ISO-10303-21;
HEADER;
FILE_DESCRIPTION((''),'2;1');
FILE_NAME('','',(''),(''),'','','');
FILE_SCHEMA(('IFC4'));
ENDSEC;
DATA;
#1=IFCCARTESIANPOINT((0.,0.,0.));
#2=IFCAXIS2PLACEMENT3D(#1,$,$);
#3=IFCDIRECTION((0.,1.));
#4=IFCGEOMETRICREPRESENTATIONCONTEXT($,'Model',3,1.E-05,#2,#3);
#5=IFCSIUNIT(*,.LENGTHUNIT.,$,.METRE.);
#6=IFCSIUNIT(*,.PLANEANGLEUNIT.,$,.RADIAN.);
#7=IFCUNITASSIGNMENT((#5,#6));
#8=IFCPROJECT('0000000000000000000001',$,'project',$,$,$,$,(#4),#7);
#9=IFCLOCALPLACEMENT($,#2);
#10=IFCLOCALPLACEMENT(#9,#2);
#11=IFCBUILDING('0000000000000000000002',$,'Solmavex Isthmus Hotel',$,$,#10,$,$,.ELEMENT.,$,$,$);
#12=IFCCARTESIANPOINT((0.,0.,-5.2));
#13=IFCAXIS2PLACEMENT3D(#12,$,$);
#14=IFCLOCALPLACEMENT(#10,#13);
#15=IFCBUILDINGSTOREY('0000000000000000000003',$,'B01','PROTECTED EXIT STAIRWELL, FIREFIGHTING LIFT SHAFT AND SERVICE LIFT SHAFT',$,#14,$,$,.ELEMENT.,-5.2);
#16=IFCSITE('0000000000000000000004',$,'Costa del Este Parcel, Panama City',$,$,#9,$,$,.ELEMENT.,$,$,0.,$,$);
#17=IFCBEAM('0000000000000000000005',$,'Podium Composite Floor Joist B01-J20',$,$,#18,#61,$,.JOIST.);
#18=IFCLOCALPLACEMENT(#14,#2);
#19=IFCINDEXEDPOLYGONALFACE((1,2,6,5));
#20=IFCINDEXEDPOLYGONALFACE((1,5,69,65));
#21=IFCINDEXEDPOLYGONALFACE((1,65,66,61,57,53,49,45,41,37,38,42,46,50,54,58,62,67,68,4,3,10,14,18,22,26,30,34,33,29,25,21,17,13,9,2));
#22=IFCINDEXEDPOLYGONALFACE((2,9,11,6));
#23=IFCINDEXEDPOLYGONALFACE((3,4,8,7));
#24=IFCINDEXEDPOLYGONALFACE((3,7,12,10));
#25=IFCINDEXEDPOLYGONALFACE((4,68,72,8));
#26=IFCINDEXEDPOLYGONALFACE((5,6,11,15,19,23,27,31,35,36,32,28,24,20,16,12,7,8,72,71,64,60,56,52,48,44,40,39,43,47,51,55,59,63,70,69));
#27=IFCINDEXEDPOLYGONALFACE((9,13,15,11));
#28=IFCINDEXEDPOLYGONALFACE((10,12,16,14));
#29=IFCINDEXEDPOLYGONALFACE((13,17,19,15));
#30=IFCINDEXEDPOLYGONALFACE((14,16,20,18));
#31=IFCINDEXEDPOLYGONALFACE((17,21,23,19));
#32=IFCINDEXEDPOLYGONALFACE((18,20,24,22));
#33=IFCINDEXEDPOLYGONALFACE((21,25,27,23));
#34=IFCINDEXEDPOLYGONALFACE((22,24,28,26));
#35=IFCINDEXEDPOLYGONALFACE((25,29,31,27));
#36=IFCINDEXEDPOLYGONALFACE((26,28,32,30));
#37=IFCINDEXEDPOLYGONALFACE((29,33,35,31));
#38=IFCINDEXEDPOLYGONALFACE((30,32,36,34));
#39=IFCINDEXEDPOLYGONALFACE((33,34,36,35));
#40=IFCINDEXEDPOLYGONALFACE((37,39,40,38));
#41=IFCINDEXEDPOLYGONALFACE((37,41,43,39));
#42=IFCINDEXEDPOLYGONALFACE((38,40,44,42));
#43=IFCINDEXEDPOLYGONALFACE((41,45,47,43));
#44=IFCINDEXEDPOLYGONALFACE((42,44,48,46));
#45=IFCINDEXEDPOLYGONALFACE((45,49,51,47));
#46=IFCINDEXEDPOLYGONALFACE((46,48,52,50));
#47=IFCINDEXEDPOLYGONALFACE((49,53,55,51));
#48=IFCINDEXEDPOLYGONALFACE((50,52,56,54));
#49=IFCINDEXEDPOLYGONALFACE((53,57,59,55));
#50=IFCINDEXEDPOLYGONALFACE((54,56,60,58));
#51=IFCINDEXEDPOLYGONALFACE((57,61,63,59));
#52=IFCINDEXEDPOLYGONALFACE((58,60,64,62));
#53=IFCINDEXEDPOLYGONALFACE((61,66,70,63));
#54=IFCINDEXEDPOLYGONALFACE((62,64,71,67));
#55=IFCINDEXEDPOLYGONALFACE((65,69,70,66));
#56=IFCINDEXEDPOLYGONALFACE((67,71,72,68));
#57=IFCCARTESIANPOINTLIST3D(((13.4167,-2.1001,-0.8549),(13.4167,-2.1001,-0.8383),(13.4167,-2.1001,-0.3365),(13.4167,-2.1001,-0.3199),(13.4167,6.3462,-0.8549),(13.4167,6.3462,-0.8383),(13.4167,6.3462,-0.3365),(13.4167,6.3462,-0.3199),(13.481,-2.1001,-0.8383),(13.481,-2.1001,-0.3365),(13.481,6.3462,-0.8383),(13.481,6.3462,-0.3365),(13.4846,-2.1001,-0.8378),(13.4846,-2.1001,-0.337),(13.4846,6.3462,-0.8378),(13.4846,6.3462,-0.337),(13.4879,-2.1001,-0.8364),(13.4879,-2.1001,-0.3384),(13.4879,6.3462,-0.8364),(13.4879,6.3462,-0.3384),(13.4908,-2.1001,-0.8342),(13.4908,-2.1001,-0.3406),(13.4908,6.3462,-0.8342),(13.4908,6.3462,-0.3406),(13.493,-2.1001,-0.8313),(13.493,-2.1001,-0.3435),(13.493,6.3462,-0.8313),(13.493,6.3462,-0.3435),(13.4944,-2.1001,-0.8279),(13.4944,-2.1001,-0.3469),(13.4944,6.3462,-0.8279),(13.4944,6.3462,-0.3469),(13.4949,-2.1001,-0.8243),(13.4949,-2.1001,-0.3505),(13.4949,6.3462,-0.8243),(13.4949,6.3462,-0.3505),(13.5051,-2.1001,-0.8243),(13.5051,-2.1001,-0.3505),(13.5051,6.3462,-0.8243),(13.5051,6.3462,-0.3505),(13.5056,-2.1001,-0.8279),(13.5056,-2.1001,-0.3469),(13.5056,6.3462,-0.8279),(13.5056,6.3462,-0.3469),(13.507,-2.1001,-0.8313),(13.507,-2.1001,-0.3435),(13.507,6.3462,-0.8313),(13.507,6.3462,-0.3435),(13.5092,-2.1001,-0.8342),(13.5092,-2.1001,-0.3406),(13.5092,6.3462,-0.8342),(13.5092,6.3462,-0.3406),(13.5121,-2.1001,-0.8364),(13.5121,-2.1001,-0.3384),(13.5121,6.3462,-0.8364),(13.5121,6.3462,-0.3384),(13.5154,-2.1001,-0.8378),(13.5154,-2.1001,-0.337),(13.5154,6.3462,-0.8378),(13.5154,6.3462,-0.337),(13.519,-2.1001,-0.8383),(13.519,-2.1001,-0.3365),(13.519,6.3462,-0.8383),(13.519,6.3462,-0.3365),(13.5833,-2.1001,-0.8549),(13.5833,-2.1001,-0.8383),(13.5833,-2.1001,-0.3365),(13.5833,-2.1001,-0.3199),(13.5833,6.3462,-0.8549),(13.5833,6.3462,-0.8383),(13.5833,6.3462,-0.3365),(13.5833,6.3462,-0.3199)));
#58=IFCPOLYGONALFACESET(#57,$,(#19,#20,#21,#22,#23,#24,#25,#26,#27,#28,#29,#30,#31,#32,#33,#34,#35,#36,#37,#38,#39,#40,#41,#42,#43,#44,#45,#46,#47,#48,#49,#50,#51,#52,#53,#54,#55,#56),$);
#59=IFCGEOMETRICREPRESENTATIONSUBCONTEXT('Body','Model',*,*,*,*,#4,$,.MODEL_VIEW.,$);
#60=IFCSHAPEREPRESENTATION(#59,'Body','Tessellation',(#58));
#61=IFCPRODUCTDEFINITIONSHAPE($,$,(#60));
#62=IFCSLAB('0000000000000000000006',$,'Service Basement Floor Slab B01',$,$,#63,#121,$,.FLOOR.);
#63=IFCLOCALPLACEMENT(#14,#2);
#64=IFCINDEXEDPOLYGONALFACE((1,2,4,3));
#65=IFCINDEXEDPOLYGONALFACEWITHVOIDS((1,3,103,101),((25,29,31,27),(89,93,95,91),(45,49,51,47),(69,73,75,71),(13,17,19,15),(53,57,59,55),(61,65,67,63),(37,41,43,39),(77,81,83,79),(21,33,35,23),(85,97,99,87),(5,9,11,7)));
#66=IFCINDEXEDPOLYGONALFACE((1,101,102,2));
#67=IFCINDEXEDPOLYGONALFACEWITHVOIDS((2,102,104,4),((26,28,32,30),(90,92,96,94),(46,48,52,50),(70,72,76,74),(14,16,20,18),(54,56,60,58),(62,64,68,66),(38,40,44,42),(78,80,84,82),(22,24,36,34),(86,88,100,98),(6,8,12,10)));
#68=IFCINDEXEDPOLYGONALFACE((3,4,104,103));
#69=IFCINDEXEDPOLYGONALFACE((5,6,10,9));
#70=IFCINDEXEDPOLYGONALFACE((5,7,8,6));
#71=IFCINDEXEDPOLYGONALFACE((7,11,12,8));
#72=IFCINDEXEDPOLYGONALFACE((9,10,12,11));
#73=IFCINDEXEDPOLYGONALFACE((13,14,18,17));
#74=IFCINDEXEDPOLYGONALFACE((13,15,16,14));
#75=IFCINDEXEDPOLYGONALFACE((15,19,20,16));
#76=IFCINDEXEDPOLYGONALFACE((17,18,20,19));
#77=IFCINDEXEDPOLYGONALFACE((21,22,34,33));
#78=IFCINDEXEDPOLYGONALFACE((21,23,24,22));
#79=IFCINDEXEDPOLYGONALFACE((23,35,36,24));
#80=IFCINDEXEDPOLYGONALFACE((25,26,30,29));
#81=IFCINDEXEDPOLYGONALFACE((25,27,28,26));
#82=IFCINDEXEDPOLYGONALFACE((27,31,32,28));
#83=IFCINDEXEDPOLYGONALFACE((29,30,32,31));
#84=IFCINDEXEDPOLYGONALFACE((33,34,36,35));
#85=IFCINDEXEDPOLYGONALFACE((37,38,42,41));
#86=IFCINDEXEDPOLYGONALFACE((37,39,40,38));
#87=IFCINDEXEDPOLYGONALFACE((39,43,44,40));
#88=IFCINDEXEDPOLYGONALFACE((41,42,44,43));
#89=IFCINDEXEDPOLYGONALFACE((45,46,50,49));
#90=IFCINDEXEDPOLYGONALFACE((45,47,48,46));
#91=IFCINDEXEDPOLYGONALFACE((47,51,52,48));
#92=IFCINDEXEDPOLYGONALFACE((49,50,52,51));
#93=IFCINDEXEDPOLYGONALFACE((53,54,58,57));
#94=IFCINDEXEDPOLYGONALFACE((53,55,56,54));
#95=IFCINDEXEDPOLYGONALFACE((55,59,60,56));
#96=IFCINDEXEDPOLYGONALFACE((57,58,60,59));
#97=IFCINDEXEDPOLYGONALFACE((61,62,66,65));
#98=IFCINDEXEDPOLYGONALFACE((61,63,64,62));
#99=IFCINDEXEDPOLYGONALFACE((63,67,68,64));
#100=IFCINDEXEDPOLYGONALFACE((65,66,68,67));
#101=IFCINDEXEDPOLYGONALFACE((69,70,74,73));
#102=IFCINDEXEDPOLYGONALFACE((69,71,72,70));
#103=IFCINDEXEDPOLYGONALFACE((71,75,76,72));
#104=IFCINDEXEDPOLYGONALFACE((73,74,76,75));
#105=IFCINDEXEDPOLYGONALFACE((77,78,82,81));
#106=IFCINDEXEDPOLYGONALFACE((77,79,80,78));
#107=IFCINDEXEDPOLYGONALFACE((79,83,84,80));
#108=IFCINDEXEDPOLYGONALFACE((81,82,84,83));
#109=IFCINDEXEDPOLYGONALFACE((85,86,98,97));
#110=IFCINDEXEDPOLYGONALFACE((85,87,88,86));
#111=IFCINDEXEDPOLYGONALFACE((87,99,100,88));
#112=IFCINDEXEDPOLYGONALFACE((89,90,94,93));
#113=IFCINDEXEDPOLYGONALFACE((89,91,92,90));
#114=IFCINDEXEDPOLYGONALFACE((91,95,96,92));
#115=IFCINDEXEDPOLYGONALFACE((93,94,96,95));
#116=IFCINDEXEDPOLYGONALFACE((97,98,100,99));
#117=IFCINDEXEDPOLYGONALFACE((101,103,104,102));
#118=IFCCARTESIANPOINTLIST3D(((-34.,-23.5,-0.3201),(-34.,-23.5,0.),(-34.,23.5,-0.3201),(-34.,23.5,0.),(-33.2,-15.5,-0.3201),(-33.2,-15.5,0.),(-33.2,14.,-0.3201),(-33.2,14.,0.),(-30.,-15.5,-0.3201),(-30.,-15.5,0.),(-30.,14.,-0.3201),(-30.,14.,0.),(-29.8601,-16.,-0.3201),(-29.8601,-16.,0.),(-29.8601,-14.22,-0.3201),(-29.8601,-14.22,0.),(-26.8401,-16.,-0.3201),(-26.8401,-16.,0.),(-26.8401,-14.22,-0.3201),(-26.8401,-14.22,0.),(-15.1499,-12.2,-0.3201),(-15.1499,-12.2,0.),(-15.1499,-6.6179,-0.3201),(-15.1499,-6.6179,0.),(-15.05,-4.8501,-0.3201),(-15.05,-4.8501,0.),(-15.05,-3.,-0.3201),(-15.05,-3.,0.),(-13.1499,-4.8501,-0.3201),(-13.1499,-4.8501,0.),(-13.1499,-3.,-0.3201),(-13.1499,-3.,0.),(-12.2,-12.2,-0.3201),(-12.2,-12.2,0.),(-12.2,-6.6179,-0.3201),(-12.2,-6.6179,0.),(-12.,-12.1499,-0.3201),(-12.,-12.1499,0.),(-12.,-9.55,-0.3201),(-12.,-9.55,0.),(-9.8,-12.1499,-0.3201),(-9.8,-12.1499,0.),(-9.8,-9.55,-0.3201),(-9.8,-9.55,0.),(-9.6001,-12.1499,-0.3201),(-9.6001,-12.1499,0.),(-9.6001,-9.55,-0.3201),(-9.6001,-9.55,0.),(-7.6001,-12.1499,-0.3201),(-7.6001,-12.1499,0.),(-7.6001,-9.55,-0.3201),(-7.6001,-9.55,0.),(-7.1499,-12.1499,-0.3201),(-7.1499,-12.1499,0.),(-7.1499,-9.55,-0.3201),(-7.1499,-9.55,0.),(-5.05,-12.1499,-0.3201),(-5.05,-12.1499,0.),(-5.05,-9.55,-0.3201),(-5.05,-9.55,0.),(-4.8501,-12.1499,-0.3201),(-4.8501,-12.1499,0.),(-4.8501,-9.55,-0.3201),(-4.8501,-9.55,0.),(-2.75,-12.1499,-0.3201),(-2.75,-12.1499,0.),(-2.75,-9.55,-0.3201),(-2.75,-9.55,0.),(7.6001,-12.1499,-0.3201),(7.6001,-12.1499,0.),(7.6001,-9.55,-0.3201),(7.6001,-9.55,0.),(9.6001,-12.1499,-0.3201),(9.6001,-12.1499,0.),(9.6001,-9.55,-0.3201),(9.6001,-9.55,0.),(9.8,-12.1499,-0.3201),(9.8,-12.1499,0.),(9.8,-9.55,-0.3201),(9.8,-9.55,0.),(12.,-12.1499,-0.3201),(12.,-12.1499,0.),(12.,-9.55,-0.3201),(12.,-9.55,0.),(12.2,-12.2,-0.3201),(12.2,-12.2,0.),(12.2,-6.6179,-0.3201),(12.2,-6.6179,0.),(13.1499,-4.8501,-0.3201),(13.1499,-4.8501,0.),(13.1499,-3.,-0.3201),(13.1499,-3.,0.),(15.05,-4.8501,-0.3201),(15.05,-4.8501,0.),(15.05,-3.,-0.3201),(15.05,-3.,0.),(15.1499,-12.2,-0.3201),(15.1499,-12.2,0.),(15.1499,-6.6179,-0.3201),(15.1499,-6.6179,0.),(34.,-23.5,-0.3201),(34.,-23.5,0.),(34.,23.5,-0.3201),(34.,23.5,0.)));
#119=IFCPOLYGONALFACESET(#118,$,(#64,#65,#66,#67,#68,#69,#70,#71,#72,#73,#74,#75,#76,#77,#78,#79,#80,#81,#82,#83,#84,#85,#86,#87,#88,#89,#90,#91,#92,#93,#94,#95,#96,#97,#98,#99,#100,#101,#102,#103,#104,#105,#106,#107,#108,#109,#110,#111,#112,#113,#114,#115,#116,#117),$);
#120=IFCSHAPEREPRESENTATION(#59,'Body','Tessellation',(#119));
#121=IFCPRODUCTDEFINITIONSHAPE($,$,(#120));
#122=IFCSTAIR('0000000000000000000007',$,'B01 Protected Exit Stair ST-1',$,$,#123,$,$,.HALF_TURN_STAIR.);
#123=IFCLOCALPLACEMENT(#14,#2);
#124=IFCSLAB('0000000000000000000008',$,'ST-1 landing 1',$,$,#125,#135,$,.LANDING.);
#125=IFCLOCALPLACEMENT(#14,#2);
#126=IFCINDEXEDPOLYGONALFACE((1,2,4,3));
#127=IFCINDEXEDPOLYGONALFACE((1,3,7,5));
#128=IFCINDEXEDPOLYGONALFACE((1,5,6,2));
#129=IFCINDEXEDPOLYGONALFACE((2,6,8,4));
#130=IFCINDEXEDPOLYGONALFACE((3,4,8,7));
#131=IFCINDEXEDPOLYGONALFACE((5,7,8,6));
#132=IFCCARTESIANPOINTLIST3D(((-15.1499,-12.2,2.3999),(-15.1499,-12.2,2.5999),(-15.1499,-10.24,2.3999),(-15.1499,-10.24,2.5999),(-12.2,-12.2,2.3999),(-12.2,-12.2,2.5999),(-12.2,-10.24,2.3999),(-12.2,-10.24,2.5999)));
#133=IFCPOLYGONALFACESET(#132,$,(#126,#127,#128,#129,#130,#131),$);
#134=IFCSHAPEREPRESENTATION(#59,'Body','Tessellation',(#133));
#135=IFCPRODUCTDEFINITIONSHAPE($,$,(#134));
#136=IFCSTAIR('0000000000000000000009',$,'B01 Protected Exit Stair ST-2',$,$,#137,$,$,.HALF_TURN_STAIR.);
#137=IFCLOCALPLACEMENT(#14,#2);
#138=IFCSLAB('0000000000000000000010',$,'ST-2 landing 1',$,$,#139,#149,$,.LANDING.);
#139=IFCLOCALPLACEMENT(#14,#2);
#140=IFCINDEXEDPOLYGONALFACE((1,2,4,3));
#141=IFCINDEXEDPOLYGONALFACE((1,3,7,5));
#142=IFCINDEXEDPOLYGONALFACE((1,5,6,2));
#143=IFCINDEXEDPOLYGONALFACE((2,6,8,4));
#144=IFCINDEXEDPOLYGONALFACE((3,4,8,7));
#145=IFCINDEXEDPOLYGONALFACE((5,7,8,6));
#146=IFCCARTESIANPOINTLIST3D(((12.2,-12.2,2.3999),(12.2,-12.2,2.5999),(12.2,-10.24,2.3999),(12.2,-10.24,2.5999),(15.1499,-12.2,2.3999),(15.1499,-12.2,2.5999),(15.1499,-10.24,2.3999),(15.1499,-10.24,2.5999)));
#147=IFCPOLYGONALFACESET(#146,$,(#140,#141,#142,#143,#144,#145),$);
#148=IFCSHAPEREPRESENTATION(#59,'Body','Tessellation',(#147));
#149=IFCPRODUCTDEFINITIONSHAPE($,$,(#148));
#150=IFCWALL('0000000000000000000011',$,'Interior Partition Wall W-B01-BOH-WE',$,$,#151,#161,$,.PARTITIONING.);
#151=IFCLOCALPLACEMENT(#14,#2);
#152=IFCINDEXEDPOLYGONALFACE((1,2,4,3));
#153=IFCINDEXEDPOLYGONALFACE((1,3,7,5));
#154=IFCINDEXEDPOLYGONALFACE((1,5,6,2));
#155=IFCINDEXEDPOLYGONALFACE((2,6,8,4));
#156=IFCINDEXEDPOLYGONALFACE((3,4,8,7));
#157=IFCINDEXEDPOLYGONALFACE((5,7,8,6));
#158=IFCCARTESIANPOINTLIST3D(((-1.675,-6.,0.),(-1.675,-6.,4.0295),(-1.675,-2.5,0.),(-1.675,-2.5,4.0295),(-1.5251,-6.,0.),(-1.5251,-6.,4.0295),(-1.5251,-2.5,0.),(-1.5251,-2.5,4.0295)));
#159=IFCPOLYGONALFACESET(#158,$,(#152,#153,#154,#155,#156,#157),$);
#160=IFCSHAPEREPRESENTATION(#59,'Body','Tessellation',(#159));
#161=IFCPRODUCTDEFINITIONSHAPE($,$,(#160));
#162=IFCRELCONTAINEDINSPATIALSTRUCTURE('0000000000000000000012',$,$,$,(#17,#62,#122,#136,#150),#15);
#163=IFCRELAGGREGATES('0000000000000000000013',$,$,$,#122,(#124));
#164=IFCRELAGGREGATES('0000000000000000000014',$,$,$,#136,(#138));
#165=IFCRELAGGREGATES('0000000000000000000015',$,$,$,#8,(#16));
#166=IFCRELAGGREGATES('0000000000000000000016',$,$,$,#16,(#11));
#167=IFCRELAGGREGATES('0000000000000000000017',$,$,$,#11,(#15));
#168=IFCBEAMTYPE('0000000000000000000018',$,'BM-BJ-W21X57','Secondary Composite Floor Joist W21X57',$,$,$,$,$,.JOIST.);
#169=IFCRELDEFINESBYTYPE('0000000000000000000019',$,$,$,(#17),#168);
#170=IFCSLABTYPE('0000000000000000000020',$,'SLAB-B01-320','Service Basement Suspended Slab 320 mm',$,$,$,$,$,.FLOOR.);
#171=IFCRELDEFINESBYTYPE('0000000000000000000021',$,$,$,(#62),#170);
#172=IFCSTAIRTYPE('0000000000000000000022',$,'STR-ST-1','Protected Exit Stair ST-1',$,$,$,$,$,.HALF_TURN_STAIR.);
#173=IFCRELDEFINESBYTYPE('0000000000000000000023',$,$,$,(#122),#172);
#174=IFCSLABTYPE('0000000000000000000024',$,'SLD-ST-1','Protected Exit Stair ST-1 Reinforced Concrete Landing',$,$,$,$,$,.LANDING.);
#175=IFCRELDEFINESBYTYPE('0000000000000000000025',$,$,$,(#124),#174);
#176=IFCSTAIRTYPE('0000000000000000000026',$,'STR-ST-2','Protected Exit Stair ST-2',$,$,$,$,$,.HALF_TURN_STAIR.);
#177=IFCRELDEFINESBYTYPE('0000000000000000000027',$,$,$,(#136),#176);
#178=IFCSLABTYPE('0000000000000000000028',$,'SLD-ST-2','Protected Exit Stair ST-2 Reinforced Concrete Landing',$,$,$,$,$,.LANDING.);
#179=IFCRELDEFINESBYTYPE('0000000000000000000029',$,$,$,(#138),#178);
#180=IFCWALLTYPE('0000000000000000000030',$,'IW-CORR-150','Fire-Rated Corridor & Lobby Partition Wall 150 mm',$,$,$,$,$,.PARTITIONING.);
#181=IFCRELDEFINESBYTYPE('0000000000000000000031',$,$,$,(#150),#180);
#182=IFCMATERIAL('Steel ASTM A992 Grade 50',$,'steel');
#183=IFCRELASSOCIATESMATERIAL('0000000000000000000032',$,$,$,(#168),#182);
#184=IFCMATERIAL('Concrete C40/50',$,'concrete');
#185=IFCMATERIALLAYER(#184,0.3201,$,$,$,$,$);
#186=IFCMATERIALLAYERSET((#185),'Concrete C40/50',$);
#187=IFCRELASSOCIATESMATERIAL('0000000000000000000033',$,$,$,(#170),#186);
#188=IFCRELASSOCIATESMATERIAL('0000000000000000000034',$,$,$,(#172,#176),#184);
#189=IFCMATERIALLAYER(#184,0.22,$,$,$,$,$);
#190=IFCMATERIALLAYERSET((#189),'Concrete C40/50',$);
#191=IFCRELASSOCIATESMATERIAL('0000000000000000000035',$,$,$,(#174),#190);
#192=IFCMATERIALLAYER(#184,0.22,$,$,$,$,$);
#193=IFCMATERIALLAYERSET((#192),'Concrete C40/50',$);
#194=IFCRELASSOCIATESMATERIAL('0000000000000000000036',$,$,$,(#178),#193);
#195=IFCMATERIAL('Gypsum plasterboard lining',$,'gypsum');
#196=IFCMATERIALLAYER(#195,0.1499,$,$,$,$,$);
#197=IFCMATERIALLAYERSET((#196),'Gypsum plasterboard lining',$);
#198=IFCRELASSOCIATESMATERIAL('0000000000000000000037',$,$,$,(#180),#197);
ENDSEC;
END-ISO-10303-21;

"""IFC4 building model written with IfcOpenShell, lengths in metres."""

from ifc_helpers import new_model, si_unit, direction, frame, frame_2d, origin, origin_2d, place, context, subcontext, project, spatial, polyline, rectangle, i_section, outline, extrude, material, layer, layer_set, material_profile, profile_set, type_object, element, aggregate, save


model = new_model("IFC4")

# Units and contexts
model_context = context("Model", 3, precision=1e-05, world=origin(), true_north=direction((0.0, 1.0)))
body_context = subcontext(model_context, "Body", "Model", "MODEL_VIEW")
ifc_project = project(units=[si_unit("LENGTHUNIT", "METRE"), si_unit("PLANEANGLEUNIT", "RADIAN")], contexts=[model_context])

# Site, building, storey
site_placement = place(None, origin())
site = spatial("IfcSite", under=ifc_project, at=site_placement, Name="Costa del Este Parcel, Panama City", CompositionType="ELEMENT", RefElevation=0.0)
building_placement = place(site_placement, origin())
building = spatial("IfcBuilding", under=site, at=building_placement, Name="Solmavex Isthmus Hotel", CompositionType="ELEMENT")
storey_placement = place(building_placement, frame((0.0, 0.0, -5.2)))
storey = spatial("IfcBuildingStorey", under=building, at=storey_placement, Name="B01", Description="PROTECTED EXIT STAIRWELL, FIREFIGHTING LIFT SHAFT AND SERVICE LIFT SHAFT", CompositionType="ELEMENT", Elevation=-5.2)

# Beam
ifc_material_1 = material(Name="Steel ASTM A992 Grade 50", Category="steel")
ifc_material_profile_1 = material_profile(ifc_material_1, i_section(OverallWidth=0.1665, OverallDepth=0.5349, WebThickness=0.0103, FlangeThickness=0.0166, FilletRadius=0.0139, at=origin_2d()), Name="W21X57")
ifc_profile_set_1 = profile_set([ifc_material_profile_1], Name="Steel ASTM A992 Grade 50")
beam_type_1 = type_object("IfcBeamType", Name="BM-BJ-W21X57", Description="Secondary Composite Floor Joist W21X57", PredefinedType="JOIST", material=ifc_profile_set_1)
beam_1_placement = place(storey_placement, frame((13.5, -2.1001, -0.5874), z_axis=(0.0, 1.0, 0.0), x_axis=(-1.0, 0.0, 0.0)))
element("IfcBeam", 1, at=beam_1_placement, inside=storey, type_object=beam_type_1, Name="Podium Composite Floor Joist B01-J20", PredefinedType="JOIST", context=body_context, shape_type="SweptSolid", body=[
    extrude(i_section(OverallWidth=0.1665, OverallDepth=0.5349, WebThickness=0.0103, FlangeThickness=0.0166, FilletRadius=0.0139, at=origin_2d()), origin(), (0.0, 0.0, 1.0), 8.4463),
])

# Slab
ifc_material_2 = material(Name="Concrete C40/50", Category="concrete")
ifc_layer_1 = layer(ifc_material_2, 0.3201)
ifc_layer_set_1 = layer_set([ifc_layer_1], Name="Concrete C40/50")
slab_type_1 = type_object("IfcSlabType", Name="SLAB-B01-320", Description="Service Basement Suspended Slab 320 mm", PredefinedType="FLOOR", material=ifc_layer_set_1)
slab_1_placement = place(storey_placement, frame((0.0, 0.0, -0.3201)))
element("IfcSlab", 2, at=slab_1_placement, inside=storey, type_object=slab_type_1, Name="Service Basement Floor Slab B01", PredefinedType="FLOOR", context=body_context, shape_type="SweptSolid", body=[
    extrude(outline(polyline([(-34.0, -23.5), (34.0, -23.5), (34.0, 23.5), (-34.0, 23.5), (-34.0, -23.5)]), holes=[polyline([(-15.1499, -6.6179), (-15.1499, -12.2), (-12.2, -12.2), (-12.2, -6.6179), (-15.1499, -6.6179)]), polyline([(12.2, -6.6179), (12.2, -12.2), (15.1499, -12.2), (15.1499, -6.6179), (12.2, -6.6179)]), polyline([(-12.0, -12.1499), (-9.8, -12.1499), (-9.8, -9.55), (-12.0, -9.55), (-12.0, -12.1499)]), polyline([(9.8, -12.1499), (12.0, -12.1499), (12.0, -9.55), (9.8, -9.55), (9.8, -12.1499)]), polyline([(-9.6001, -12.1499), (-7.6001, -12.1499), (-7.6001, -9.55), (-9.6001, -9.55), (-9.6001, -12.1499)]), polyline([(7.6001, -12.1499), (9.6001, -12.1499), (9.6001, -9.55), (7.6001, -9.55), (7.6001, -12.1499)]), polyline([(-7.1499, -12.1499), (-5.05, -12.1499), (-5.05, -9.55), (-7.1499, -9.55), (-7.1499, -12.1499)]), polyline([(-4.8501, -12.1499), (-2.75, -12.1499), (-2.75, -9.55), (-4.8501, -9.55), (-4.8501, -12.1499)]), polyline([(-33.2, -15.5), (-30.0, -15.5), (-30.0, 14.0), (-33.2, 14.0), (-33.2, -15.5)]), polyline([(-29.8601, -16.0), (-26.8401, -16.0), (-26.8401, -14.22), (-29.8601, -14.22), (-29.8601, -16.0)]), polyline([(-15.05, -4.8501), (-13.1499, -4.8501), (-13.1499, -3.0), (-15.05, -3.0), (-15.05, -4.8501)]), polyline([(13.1499, -4.8501), (15.05, -4.8501), (15.05, -3.0), (13.1499, -3.0), (13.1499, -4.8501)])]), origin(), (0.0, 0.0, 1.0), 0.3201),
])

# Stairs, slabs
stair_type_1 = type_object("IfcStairType", Name="STR-ST-1", Description="Protected Exit Stair ST-1", PredefinedType="HALF_TURN_STAIR", material=ifc_material_2)
stair_1_placement = place(storey_placement, origin())
stair_1 = element("IfcStair", 3, at=stair_1_placement, inside=storey, type_object=stair_type_1, Name="B01 Protected Exit Stair ST-1", PredefinedType="HALF_TURN_STAIR")
ifc_layer_2 = layer(ifc_material_2, 0.22)
ifc_layer_set_2 = layer_set([ifc_layer_2], Name="Concrete C40/50")
slab_type_2 = type_object("IfcSlabType", Name="SLD-ST-1", Description="Protected Exit Stair ST-1 Reinforced Concrete Landing", PredefinedType="LANDING", material=ifc_layer_set_2)
slab_2_placement = place(storey_placement, frame((0.0, 0.0, 2.3999)))
slab_2 = element("IfcSlab", 4, at=slab_2_placement, type_object=slab_type_2, Name="ST-1 landing 1", PredefinedType="LANDING", context=body_context, shape_type="SweptSolid", body=[
    extrude(outline(polyline([(-15.1499, -10.24), (-15.1499, -12.2), (-12.2, -12.2), (-12.2, -10.24), (-15.1499, -10.24)])), origin(), (0.0, 0.0, 1.0), 0.2),
])
aggregate(stair_1, [slab_2])
stair_type_2 = type_object("IfcStairType", Name="STR-ST-2", Description="Protected Exit Stair ST-2", PredefinedType="HALF_TURN_STAIR", material=ifc_material_2)
stair_2_placement = place(storey_placement, origin())
stair_2 = element("IfcStair", 5, at=stair_2_placement, inside=storey, type_object=stair_type_2, Name="B01 Protected Exit Stair ST-2", PredefinedType="HALF_TURN_STAIR")
ifc_layer_3 = layer(ifc_material_2, 0.22)
ifc_layer_set_3 = layer_set([ifc_layer_3], Name="Concrete C40/50")
slab_type_3 = type_object("IfcSlabType", Name="SLD-ST-2", Description="Protected Exit Stair ST-2 Reinforced Concrete Landing", PredefinedType="LANDING", material=ifc_layer_set_3)
slab_3_placement = place(storey_placement, frame((0.0, 0.0, 2.3999)))
slab_3 = element("IfcSlab", 6, at=slab_3_placement, type_object=slab_type_3, Name="ST-2 landing 1", PredefinedType="LANDING", context=body_context, shape_type="SweptSolid", body=[
    extrude(outline(polyline([(12.2, -10.24), (12.2, -12.2), (15.1499, -12.2), (15.1499, -10.24), (12.2, -10.24)])), origin(), (0.0, 0.0, 1.0), 0.2),
])

# Wall
ifc_material_3 = material(Name="Gypsum plasterboard lining", Category="gypsum")
ifc_layer_4 = layer(ifc_material_3, 0.1499)
ifc_layer_set_4 = layer_set([ifc_layer_4], Name="Gypsum plasterboard lining")
wall_type_1 = type_object("IfcWallType", Name="IW-CORR-150", Description="Fire-Rated Corridor & Lobby Partition Wall 150 mm", PredefinedType="PARTITIONING", material=ifc_layer_set_4)
wall_1_placement = place(storey_placement, frame((-1.6001, -6.0, 0.0), z_axis=(0.0, 0.0, 1.0), x_axis=(0.0, 1.0, 0.0)))
element("IfcWall", 7, at=wall_1_placement, inside=storey, type_object=wall_type_1, Name="Interior Partition Wall W-B01-BOH-WE", PredefinedType="PARTITIONING", context=body_context, shape_type="SweptSolid", body=[
    extrude(rectangle(XDim=3.5, YDim=0.1499, at=frame_2d((1.75, 0.0))), origin(), (0.0, 0.0, 1.0), 4.0295),
])

aggregate(stair_2, [slab_3])

save(model, "model.ifc")
